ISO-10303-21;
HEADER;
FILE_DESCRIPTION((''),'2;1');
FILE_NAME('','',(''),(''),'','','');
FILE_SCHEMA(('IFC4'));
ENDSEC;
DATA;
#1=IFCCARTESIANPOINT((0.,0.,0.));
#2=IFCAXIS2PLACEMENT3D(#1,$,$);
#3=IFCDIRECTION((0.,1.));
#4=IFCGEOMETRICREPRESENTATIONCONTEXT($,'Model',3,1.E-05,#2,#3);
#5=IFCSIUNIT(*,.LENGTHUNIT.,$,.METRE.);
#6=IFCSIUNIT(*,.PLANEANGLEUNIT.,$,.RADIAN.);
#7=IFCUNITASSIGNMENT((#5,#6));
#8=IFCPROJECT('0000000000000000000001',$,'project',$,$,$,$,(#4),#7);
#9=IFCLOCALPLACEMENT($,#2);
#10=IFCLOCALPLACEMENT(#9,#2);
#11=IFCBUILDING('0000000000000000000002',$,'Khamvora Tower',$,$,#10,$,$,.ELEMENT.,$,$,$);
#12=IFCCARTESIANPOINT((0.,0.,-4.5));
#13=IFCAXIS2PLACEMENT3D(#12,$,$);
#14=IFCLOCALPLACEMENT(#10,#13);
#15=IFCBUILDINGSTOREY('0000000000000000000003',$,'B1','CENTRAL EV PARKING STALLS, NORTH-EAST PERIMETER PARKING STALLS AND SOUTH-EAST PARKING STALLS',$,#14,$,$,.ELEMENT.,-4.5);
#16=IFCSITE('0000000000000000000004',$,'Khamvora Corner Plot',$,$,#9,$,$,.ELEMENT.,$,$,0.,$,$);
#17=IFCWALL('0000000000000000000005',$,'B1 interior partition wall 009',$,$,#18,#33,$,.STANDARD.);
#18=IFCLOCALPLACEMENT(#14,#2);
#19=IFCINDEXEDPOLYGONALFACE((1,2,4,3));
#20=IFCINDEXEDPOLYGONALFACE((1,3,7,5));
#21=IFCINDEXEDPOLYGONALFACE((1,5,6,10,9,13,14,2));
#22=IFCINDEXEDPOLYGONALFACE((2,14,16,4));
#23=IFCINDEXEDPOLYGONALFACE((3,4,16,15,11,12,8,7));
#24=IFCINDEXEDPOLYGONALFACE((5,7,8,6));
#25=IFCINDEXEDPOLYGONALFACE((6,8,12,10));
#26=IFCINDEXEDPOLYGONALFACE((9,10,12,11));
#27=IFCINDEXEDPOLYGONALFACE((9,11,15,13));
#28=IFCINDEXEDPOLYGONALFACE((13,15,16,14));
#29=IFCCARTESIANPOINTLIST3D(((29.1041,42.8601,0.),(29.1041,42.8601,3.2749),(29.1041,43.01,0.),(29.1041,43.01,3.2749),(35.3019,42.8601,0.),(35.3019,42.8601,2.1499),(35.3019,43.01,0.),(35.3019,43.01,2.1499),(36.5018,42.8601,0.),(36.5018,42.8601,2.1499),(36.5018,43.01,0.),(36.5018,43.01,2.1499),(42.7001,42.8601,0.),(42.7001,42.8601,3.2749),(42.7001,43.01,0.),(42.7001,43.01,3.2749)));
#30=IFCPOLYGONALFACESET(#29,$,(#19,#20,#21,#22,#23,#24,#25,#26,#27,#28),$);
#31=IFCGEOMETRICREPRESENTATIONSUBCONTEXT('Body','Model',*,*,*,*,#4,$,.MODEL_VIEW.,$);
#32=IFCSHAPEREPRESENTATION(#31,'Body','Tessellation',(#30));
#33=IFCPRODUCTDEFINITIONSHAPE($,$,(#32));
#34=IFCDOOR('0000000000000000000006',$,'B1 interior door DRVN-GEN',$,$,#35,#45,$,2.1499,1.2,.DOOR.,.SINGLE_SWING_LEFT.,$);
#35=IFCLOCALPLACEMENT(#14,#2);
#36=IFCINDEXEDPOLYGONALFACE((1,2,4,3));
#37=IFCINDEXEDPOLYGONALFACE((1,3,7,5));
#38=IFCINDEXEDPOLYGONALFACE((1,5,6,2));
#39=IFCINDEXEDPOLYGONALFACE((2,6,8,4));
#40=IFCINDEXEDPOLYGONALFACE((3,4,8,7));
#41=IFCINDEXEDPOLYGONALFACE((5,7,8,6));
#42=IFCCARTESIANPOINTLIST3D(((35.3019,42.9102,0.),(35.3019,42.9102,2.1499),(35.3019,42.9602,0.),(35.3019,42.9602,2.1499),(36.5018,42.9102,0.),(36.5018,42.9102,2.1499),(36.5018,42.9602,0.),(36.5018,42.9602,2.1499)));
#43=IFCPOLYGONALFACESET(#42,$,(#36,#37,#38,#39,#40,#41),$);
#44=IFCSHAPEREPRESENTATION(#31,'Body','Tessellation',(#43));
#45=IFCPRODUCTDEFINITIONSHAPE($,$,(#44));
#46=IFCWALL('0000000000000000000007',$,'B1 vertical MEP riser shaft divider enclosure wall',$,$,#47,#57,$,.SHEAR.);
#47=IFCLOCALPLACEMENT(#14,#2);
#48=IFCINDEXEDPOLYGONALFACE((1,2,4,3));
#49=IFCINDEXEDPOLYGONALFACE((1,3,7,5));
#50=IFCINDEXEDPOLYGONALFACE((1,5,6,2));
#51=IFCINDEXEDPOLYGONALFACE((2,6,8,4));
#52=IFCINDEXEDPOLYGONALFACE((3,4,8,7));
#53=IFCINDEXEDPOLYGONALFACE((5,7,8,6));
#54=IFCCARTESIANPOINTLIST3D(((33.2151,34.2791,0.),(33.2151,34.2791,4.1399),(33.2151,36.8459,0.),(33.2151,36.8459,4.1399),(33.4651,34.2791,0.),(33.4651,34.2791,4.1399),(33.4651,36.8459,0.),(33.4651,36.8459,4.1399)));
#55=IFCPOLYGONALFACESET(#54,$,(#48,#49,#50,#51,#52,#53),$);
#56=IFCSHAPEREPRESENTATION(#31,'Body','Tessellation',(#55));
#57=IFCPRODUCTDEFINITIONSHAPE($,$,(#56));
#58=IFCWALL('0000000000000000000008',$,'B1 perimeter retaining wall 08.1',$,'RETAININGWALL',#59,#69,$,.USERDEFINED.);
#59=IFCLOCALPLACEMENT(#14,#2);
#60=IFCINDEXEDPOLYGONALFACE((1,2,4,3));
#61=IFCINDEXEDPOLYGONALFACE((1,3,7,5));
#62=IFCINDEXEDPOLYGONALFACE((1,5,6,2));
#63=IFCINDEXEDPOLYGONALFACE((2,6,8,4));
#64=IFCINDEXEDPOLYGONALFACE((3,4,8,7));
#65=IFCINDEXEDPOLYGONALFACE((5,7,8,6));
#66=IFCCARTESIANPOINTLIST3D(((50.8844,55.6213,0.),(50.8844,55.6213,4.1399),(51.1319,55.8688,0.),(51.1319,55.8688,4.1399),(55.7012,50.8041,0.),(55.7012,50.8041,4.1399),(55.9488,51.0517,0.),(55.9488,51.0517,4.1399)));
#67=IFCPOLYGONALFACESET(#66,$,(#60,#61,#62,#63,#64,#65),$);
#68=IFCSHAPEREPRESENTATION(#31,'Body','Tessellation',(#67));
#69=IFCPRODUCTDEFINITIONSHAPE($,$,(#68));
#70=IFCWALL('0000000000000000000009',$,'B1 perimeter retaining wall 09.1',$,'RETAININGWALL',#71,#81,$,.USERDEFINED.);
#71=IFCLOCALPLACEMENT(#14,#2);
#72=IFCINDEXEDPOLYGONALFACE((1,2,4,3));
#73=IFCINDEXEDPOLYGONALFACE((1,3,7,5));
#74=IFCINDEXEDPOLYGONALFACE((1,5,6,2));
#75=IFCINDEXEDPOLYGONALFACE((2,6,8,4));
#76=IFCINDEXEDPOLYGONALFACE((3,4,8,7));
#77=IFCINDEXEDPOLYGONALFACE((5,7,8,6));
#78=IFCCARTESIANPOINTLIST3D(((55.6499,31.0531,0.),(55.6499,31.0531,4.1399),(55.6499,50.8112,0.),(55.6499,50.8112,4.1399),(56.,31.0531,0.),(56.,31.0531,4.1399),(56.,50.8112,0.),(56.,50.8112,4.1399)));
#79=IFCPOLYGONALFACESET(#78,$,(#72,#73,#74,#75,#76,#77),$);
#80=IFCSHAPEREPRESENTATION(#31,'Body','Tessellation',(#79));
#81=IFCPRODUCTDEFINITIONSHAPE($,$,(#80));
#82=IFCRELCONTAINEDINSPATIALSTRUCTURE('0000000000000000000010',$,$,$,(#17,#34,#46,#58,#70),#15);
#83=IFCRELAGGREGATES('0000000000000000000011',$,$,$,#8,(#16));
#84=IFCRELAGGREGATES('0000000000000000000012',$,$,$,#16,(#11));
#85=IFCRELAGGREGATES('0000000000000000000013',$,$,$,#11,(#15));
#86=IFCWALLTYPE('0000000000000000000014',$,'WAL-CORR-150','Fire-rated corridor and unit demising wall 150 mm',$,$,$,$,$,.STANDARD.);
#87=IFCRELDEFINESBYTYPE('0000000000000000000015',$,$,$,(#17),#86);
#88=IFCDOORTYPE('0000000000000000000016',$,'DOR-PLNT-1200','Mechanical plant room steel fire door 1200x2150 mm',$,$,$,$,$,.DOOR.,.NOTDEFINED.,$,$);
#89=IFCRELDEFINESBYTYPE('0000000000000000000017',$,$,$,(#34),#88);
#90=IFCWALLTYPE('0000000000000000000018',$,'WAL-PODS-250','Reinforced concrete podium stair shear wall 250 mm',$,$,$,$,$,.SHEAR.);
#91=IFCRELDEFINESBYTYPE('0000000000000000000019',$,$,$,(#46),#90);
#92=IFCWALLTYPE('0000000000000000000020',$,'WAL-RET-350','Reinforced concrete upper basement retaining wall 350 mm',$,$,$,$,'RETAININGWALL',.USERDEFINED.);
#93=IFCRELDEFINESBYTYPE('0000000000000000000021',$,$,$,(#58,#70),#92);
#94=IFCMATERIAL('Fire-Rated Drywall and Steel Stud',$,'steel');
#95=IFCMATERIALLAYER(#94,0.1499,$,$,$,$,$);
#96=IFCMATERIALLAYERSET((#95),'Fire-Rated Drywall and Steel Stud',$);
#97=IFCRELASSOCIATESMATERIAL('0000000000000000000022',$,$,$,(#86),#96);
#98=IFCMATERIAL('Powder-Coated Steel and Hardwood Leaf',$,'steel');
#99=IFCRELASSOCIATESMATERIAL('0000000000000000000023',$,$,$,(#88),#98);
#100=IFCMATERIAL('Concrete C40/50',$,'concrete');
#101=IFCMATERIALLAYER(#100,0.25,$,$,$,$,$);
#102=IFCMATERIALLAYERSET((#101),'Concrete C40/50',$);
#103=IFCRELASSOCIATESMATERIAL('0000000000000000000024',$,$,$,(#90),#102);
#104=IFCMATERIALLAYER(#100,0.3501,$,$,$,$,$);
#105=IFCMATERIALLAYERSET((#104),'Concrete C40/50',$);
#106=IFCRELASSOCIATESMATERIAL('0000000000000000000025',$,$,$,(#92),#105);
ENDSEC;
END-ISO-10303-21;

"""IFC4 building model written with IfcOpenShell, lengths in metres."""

from ifc_helpers import new_model, si_unit, direction, frame, frame_2d, origin, place, context, subcontext, project, spatial, rectangle, extrude, material, layer, layer_set, type_object, element, fill, save


model = new_model("IFC4")

# Units and contexts
model_context = context("Model", 3, precision=1e-05, world=origin(), true_north=direction((0.0, 1.0)))
body_context = subcontext(model_context, "Body", "Model", "MODEL_VIEW")
ifc_project = project(units=[si_unit("LENGTHUNIT", "METRE"), si_unit("PLANEANGLEUNIT", "RADIAN")], contexts=[model_context])

# Site, building, storey
site_placement = place(None, origin())
site = spatial("IfcSite", under=ifc_project, at=site_placement, Name="Khamvora Corner Plot", CompositionType="ELEMENT", RefElevation=0.0)
building_placement = place(site_placement, origin())
building = spatial("IfcBuilding", under=site, at=building_placement, Name="Khamvora Tower", CompositionType="ELEMENT")
storey_placement = place(building_placement, frame((0.0, 0.0, -4.5)))
storey = spatial("IfcBuildingStorey", under=building, at=storey_placement, Name="B1", Description="CENTRAL EV PARKING STALLS, NORTH-EAST PERIMETER PARKING STALLS AND SOUTH-EAST PARKING STALLS", CompositionType="ELEMENT", Elevation=-4.5)

# Shared definitions
ifc_material_1 = material(Name="Fire-Rated Drywall and Steel Stud", Category="steel")
ifc_layer_1 = layer(ifc_material_1, 0.1499)
ifc_layer_set_1 = layer_set([ifc_layer_1], Name="Fire-Rated Drywall and Steel Stud")
wall_type_1 = type_object("IfcWallType", Name="WAL-CORR-150", Description="Fire-rated corridor and unit demising wall 150 mm", PredefinedType="STANDARD", material=ifc_layer_set_1)

# Wall, opening, door
wall_1_placement = place(storey_placement, frame((42.7, 42.9351, 0.0), z_axis=(0.0, 0.0, 1.0), x_axis=(-1.0, 0.0, 0.0)))
wall_1 = element("IfcWall", 1, at=wall_1_placement, inside=storey, type_object=wall_type_1, Name="B1 interior partition wall 009", PredefinedType="STANDARD", context=body_context, shape_type="SweptSolid", body=[
    extrude(rectangle(XDim=13.5959, YDim=0.1499, at=frame_2d((6.7979, 0.0))), origin(), (0.0, 0.0, 1.0), 3.2749),
])
opening_placement = place(wall_1_placement, frame((6.198, 0.0, 0.0)))
opening = element("IfcOpeningElement", 2, at=opening_placement, cuts=wall_1, PredefinedType="OPENING", context=body_context, shape_type="SweptSolid", body=[
    extrude(rectangle(XDim=1.2, YDim=2.1499, at=frame_2d((0.6001, 1.075))), frame((0.0, 0.085, 0.0), z_axis=(0.0, -1.0, 0.0), x_axis=(1.0, 0.0, 0.0)), (0.0, 0.0, 1.0), 0.1699),
])
ifc_material_2 = material(Name="Powder-Coated Steel and Hardwood Leaf", Category="steel")
door_type = type_object("IfcDoorType", Name="DOR-PLNT-1200", Description="Mechanical plant room steel fire door 1200x2150 mm", OperationType="NOTDEFINED", PredefinedType="DOOR", material=ifc_material_2)
door_placement = place(opening_placement, origin())
door = element("IfcDoor", 3, at=door_placement, inside=storey, type_object=door_type, Name="B1 interior door DRVN-GEN", OperationType="SINGLE_SWING_LEFT", OverallHeight=2.1499, OverallWidth=1.2, PredefinedType="DOOR", context=body_context, shape_type="SweptSolid", body=[
    extrude(rectangle(XDim=1.2, YDim=2.1499, at=frame_2d((0.6001, 1.075))), frame((0.0, 0.0249, 0.0), z_axis=(0.0, -1.0, 0.0), x_axis=(1.0, 0.0, 0.0)), (0.0, 0.0, 1.0), 0.05),
])
fill(opening, door)

# Walls
ifc_material_3 = material(Name="Concrete C40/50", Category="concrete")
ifc_layer_2 = layer(ifc_material_3, 0.25)
ifc_layer_set_2 = layer_set([ifc_layer_2], Name="Concrete C40/50")
wall_type_2 = type_object("IfcWallType", Name="WAL-PODS-250", Description="Reinforced concrete podium stair shear wall 250 mm", PredefinedType="SHEAR", material=ifc_layer_set_2)
wall_2_placement = place(storey_placement, frame((33.3401, 34.2791, 0.0), z_axis=(0.0, 0.0, 1.0), x_axis=(0.0, 1.0, 0.0)))
element("IfcWall", 4, at=wall_2_placement, inside=storey, type_object=wall_type_2, Name="B1 vertical MEP riser shaft divider enclosure wall", PredefinedType="SHEAR", context=body_context, shape_type="SweptSolid", body=[
    extrude(rectangle(XDim=2.5669, YDim=0.25, at=frame_2d((1.2834, 0.0))), origin(), (0.0, 0.0, 1.0), 4.1399),
])
ifc_layer_3 = layer(ifc_material_3, 0.3501)
ifc_layer_set_3 = layer_set([ifc_layer_3], Name="Concrete C40/50")
wall_type_3 = type_object("IfcWallType", Name="WAL-RET-350", Description="Reinforced concrete upper basement retaining wall 350 mm", ElementType="RETAININGWALL", PredefinedType="USERDEFINED", material=ifc_layer_set_3)
wall_3_placement = place(storey_placement, frame((51.0081, 55.7451, 0.0), z_axis=(0.0, 0.0, 1.0), x_axis=(0.707089, -0.707125, 0.0)))
element("IfcWall", 5, at=wall_3_placement, inside=storey, type_object=wall_type_3, Name="B1 perimeter retaining wall 08.1", ObjectType="RETAININGWALL", PredefinedType="USERDEFINED", context=body_context, shape_type="SweptSolid", body=[
    extrude(rectangle(XDim=6.8123, YDim=0.3501, at=frame_2d((3.4062, 0.0))), origin(), (0.0, 0.0, 1.0), 4.1399),
])
wall_4_placement = place(storey_placement, frame((55.825, 50.811, 0.0), z_axis=(0.0, 0.0, 1.0), x_axis=(0.0, -1.0, 0.0)))
element("IfcWall", 6, at=wall_4_placement, inside=storey, type_object=wall_type_3, Name="B1 perimeter retaining wall 09.1", ObjectType="RETAININGWALL", PredefinedType="USERDEFINED", context=body_context, shape_type="SweptSolid", body=[
    extrude(rectangle(XDim=19.7581, YDim=0.3501, at=frame_2d((9.8789, 0.0))), origin(), (0.0, 0.0, 1.0), 4.1399),
])

save(model, "model.ifc")
